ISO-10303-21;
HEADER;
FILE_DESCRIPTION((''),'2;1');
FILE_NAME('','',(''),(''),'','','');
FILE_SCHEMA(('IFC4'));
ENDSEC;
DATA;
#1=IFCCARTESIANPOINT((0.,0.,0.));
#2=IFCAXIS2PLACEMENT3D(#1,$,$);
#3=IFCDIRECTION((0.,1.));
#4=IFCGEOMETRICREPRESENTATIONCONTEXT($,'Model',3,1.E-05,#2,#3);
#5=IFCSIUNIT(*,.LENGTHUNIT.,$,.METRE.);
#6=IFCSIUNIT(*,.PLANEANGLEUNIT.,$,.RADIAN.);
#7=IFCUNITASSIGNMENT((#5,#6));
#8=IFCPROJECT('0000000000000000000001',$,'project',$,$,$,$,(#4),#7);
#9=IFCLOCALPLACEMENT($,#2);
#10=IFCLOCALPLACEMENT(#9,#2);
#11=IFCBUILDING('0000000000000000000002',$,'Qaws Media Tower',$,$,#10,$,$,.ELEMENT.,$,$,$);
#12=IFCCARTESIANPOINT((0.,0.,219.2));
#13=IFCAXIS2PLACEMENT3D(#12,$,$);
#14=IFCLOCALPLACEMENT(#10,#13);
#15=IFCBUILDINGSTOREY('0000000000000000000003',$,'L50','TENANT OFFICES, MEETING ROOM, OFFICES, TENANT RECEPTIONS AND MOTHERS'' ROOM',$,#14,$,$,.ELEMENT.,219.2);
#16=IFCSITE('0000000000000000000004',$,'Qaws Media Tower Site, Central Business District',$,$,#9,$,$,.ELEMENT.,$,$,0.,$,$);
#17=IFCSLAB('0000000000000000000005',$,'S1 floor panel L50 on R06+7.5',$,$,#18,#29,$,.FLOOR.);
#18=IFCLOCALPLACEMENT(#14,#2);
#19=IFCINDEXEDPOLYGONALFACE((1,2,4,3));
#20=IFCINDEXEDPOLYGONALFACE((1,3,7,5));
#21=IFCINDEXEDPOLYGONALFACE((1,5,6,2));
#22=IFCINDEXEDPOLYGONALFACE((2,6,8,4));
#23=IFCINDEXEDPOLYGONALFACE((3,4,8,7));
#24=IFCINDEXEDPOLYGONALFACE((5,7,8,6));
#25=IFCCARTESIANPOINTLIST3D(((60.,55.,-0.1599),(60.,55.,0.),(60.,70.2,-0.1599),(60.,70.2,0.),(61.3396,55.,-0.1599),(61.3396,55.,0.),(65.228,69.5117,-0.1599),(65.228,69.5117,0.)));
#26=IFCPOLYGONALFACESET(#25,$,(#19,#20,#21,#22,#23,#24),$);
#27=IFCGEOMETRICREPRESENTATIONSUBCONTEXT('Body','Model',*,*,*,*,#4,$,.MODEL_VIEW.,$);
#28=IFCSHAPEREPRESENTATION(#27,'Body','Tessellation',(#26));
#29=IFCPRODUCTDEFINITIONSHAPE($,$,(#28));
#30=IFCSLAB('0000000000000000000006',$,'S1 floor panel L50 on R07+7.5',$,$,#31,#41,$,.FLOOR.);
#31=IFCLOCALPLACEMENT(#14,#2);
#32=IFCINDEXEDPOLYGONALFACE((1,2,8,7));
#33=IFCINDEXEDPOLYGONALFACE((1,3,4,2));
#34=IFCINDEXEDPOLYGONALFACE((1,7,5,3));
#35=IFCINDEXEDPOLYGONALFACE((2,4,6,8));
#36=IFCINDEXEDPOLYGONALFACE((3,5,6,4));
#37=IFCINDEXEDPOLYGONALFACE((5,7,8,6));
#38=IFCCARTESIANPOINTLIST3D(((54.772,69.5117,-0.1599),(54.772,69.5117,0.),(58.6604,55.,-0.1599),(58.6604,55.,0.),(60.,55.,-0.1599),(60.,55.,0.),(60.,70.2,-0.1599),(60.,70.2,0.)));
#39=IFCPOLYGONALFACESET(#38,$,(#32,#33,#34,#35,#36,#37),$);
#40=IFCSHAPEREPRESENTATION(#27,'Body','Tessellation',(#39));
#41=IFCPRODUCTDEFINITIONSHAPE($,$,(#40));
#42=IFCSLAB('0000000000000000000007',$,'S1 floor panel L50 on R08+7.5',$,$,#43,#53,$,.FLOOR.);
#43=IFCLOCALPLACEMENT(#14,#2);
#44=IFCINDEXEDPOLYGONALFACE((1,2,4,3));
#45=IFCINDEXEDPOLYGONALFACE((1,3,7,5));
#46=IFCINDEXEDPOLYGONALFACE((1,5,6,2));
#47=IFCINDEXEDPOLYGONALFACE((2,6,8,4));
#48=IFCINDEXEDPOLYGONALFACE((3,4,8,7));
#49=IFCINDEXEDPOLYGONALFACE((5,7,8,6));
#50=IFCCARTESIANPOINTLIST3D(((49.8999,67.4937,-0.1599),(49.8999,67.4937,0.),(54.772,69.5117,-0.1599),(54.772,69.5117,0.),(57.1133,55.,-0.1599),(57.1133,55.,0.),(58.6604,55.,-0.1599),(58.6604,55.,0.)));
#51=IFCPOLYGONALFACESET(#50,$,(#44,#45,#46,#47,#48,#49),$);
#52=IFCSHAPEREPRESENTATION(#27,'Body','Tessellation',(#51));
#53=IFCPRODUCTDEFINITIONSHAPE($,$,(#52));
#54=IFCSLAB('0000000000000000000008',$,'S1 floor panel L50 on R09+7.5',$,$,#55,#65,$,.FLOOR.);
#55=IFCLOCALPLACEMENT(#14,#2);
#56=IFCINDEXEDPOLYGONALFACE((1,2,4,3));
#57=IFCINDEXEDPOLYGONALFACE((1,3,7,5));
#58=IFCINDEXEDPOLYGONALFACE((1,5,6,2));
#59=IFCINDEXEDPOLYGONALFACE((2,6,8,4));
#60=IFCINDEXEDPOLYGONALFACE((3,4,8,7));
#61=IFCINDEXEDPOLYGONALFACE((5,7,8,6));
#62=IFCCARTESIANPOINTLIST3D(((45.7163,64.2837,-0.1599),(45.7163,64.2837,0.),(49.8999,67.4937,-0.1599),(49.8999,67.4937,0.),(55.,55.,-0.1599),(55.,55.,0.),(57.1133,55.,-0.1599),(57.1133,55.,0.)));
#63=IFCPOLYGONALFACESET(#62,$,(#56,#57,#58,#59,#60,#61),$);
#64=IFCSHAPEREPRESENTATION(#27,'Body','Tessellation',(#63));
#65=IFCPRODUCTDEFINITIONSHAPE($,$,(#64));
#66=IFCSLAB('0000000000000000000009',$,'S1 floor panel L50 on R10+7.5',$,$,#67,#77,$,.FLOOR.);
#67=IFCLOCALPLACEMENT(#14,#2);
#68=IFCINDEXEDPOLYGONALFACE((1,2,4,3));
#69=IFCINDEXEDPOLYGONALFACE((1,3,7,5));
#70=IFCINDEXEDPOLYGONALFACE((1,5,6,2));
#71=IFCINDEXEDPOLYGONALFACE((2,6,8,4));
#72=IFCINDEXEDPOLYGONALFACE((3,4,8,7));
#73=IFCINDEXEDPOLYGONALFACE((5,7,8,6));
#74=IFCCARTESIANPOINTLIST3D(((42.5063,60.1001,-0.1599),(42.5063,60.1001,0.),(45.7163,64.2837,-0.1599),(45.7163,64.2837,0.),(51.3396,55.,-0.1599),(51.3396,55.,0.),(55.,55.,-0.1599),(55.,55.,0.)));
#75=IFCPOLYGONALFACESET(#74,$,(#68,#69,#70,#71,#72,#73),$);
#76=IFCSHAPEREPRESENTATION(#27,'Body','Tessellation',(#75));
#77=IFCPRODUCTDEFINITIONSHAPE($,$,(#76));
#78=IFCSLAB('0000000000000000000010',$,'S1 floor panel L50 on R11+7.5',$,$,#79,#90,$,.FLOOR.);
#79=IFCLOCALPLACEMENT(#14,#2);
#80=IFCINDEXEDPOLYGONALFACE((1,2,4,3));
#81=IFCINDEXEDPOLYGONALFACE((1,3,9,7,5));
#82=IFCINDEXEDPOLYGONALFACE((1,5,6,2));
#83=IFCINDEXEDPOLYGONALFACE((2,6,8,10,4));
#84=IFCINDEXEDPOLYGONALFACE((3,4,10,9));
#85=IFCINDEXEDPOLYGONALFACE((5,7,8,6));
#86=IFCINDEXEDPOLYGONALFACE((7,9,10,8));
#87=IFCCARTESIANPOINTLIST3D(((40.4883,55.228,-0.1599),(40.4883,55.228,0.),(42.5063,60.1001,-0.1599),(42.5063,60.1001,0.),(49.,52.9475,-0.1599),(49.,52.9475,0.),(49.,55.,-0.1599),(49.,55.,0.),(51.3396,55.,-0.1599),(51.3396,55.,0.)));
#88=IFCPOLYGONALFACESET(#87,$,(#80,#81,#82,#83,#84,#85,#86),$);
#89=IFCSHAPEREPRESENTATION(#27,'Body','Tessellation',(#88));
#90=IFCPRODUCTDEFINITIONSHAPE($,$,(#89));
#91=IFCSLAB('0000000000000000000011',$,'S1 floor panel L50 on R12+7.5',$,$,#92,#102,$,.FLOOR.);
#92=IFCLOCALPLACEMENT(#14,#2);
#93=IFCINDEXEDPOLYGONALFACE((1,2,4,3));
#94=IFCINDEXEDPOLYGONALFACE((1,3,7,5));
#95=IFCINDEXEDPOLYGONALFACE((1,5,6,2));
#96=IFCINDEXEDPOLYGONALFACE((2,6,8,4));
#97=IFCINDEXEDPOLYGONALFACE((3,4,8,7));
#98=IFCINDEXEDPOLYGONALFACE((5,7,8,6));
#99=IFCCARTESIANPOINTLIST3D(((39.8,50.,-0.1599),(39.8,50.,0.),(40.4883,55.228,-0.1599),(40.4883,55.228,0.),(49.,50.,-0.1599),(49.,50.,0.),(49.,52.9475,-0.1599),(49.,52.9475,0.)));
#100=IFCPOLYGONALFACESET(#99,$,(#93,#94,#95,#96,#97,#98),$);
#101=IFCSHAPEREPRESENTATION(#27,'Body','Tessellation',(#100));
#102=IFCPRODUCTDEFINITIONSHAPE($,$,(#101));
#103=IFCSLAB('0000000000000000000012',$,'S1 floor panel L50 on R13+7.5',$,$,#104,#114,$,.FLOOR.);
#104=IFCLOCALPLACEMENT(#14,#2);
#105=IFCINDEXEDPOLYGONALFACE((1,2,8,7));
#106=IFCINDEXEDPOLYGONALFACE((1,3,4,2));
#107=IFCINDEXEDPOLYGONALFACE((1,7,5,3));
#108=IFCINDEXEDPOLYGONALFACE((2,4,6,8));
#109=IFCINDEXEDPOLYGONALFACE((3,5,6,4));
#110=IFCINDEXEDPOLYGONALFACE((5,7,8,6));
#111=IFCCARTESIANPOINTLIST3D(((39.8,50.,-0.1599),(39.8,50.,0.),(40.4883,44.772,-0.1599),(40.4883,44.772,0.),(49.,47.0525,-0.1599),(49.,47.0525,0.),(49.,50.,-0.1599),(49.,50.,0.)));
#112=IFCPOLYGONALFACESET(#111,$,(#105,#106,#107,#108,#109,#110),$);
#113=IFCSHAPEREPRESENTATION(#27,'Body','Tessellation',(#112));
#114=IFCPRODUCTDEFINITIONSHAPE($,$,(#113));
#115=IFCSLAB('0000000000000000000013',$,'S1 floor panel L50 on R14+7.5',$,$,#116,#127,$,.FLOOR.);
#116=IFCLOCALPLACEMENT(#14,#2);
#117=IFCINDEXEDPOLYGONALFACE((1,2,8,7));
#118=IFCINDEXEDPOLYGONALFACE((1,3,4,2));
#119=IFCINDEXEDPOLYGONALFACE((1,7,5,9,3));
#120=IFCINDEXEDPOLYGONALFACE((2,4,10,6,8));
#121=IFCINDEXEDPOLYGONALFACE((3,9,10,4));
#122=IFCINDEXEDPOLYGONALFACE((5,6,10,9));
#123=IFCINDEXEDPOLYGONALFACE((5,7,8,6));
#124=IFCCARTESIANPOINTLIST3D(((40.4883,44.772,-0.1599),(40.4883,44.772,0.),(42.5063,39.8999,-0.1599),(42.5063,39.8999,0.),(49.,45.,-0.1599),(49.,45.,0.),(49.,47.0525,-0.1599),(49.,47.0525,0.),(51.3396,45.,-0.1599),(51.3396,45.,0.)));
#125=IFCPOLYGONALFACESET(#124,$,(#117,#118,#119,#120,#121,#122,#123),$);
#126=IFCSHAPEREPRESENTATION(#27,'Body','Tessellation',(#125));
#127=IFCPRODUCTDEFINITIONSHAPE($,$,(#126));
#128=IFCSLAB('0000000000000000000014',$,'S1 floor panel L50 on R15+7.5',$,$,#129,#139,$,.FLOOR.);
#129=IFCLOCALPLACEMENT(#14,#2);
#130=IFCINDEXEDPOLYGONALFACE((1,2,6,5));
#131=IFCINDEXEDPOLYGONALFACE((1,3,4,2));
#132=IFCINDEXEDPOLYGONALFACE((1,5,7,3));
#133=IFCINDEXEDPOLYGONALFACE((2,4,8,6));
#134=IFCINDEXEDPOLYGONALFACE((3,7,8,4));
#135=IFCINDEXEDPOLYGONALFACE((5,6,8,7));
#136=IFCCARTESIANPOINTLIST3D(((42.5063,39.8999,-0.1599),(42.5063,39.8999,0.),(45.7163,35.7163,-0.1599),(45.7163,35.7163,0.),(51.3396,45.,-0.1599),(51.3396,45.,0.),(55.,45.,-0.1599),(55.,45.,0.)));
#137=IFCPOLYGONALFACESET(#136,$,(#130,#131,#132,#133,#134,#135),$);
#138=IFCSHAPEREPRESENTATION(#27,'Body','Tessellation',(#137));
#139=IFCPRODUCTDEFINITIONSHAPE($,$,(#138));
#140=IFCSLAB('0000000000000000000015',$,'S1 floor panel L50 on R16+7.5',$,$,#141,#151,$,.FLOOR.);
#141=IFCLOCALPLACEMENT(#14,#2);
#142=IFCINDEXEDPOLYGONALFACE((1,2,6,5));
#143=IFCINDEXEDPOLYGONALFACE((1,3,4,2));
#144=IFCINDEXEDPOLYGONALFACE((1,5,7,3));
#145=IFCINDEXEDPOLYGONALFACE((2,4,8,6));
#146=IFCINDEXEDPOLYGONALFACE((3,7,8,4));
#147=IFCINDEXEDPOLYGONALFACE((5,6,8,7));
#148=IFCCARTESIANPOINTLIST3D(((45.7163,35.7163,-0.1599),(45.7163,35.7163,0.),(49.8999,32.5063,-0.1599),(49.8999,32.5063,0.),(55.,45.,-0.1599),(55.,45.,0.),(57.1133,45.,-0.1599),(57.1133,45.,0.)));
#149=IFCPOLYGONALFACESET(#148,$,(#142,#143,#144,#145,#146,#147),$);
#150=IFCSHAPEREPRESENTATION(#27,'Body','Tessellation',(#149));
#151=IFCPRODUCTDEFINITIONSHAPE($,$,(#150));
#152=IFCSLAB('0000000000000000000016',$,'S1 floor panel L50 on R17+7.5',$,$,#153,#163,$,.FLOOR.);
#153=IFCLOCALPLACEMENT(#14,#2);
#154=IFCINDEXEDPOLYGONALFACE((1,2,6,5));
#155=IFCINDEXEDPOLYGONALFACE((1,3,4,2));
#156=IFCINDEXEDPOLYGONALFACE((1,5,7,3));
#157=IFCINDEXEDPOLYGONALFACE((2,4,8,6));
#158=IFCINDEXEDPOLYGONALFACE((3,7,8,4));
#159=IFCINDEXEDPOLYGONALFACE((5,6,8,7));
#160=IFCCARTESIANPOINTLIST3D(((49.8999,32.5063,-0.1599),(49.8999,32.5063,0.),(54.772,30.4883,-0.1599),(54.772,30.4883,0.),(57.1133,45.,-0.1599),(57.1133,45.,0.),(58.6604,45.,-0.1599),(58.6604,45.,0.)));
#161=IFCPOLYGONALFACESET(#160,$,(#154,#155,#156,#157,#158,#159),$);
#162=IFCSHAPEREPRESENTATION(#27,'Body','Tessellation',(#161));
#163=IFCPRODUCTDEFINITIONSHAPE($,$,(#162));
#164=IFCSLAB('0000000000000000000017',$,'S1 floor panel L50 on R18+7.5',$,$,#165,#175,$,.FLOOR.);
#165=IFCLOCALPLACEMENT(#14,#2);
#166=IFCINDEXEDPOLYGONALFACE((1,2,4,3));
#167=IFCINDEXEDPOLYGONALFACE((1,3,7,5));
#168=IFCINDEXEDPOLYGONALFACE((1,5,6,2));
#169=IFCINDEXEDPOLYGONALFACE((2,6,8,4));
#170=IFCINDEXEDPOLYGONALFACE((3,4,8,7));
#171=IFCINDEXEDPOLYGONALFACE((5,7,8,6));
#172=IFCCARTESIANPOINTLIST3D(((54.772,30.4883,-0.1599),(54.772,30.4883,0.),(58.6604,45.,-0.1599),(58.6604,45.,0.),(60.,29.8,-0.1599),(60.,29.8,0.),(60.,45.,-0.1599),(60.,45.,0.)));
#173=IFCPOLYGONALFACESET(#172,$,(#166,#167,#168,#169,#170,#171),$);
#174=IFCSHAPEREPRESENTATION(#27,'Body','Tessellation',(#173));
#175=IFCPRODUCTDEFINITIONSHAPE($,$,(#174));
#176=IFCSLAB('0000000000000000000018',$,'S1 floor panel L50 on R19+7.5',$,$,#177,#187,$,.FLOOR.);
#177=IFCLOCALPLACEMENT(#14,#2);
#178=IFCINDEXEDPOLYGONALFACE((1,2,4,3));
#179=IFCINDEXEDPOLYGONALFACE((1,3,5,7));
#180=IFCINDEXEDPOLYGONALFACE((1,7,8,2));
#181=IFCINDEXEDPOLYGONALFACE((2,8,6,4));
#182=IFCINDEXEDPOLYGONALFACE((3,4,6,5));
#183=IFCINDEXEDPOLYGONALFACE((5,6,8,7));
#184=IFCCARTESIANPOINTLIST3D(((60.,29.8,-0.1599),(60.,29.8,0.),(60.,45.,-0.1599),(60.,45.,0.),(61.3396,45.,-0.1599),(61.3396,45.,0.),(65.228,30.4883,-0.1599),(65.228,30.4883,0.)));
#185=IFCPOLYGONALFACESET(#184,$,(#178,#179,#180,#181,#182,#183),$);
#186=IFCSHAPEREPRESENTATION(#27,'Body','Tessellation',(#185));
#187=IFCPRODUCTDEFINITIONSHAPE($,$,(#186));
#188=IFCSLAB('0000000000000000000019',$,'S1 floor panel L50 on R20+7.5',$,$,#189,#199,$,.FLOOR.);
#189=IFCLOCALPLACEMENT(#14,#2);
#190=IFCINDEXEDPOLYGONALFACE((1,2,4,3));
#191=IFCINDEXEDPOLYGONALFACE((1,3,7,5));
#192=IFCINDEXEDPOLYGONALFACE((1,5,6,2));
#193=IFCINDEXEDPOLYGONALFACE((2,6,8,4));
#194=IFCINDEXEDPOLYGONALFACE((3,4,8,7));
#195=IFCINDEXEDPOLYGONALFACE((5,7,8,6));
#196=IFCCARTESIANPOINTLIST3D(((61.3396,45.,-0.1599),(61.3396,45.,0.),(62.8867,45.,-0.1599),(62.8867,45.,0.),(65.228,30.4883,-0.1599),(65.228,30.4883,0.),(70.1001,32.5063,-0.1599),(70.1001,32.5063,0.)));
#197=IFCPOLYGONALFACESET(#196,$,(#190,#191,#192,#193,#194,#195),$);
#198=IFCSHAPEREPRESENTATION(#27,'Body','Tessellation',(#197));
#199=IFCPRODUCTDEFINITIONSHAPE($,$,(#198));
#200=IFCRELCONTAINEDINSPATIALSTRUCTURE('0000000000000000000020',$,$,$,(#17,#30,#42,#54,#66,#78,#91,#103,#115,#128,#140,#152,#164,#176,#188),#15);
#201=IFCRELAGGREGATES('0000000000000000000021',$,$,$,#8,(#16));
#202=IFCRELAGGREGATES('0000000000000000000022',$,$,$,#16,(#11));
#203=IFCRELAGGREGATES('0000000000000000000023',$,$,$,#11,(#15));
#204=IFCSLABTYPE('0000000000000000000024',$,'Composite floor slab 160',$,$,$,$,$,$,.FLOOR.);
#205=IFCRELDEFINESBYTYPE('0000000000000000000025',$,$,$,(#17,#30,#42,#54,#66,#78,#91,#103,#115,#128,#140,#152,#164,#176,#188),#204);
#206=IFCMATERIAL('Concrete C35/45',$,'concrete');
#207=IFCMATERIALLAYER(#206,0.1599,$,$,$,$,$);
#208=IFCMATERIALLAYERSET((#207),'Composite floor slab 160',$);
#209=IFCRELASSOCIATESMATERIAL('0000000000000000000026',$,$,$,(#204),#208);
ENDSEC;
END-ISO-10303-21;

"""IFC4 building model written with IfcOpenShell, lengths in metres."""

from ifc_helpers import new_model, si_unit, direction, frame, origin, place, context, subcontext, project, spatial, polyline, outline, extrude, material, layer, layer_set, type_object, element, save


model = new_model("IFC4")

# Units and contexts
model_context = context("Model", 3, precision=1e-05, world=origin(), true_north=direction((0.0, 1.0)))
body_context = subcontext(model_context, "Body", "Model", "MODEL_VIEW")
ifc_project = project(units=[si_unit("LENGTHUNIT", "METRE"), si_unit("PLANEANGLEUNIT", "RADIAN")], contexts=[model_context])

# Site, building, storey
site_placement = place(None, origin())
site = spatial("IfcSite", under=ifc_project, at=site_placement, Name="Qaws Media Tower Site, Central Business District", CompositionType="ELEMENT", RefElevation=0.0)
building_placement = place(site_placement, origin())
building = spatial("IfcBuilding", under=site, at=building_placement, Name="Qaws Media Tower", CompositionType="ELEMENT")
storey_placement = place(building_placement, frame((0.0, 0.0, 219.2)))
storey = spatial("IfcBuildingStorey", under=building, at=storey_placement, Name="L50", Description="TENANT OFFICES, MEETING ROOM, OFFICES, TENANT RECEPTIONS AND MOTHERS' ROOM", CompositionType="ELEMENT", Elevation=219.2)

# Slabs
ifc_material_1 = material(Name="Concrete C35/45", Category="concrete")
ifc_layer_1 = layer(ifc_material_1, 0.1599)
ifc_layer_set_1 = layer_set([ifc_layer_1], Name="Composite floor slab 160")
slab_type_1 = type_object("IfcSlabType", Name="Composite floor slab 160", PredefinedType="FLOOR", material=ifc_layer_set_1)
slab_1_placement = place(storey_placement, frame((0.0, 0.0, -0.1599)))
element("IfcSlab", 1, at=slab_1_placement, inside=storey, type_object=slab_type_1, Name="S1 floor panel L50 on R06+7.5", PredefinedType="FLOOR", context=body_context, shape_type="SweptSolid", body=[
    extrude(outline(polyline([(65.228, 69.5117), (61.3396, 55.0), (60.0, 55.0), (60.0, 70.2), (65.228, 69.5117)])), origin(), (0.0, 0.0, 1.0), 0.1599),
])
slab_2_placement = place(storey_placement, frame((0.0, 0.0, -0.1599)))
element("IfcSlab", 2, at=slab_2_placement, inside=storey, type_object=slab_type_1, Name="S1 floor panel L50 on R07+7.5", PredefinedType="FLOOR", context=body_context, shape_type="SweptSolid", body=[
    extrude(outline(polyline([(60.0, 70.2), (60.0, 55.0), (58.6604, 55.0), (54.772, 69.5117), (60.0, 70.2)])), origin(), (0.0, 0.0, 1.0), 0.1599),
])
slab_3_placement = place(storey_placement, frame((0.0, 0.0, -0.1599)))
element("IfcSlab", 3, at=slab_3_placement, inside=storey, type_object=slab_type_1, Name="S1 floor panel L50 on R08+7.5", PredefinedType="FLOOR", context=body_context, shape_type="SweptSolid", body=[
    extrude(outline(polyline([(49.8999, 67.4937), (54.772, 69.5117), (58.6604, 55.0), (57.1133, 55.0), (49.8999, 67.4937)])), origin(), (0.0, 0.0, 1.0), 0.1599),
])
slab_4_placement = place(storey_placement, frame((0.0, 0.0, -0.1599)))
element("IfcSlab", 4, at=slab_4_placement, inside=storey, type_object=slab_type_1, Name="S1 floor panel L50 on R09+7.5", PredefinedType="FLOOR", context=body_context, shape_type="SweptSolid", body=[
    extrude(outline(polyline([(45.7163, 64.2837), (49.8999, 67.4937), (57.1133, 55.0), (55.0, 55.0), (45.7163, 64.2837)])), origin(), (0.0, 0.0, 1.0), 0.1599),
])
slab_5_placement = place(storey_placement, frame((0.0, 0.0, -0.1599)))
element("IfcSlab", 5, at=slab_5_placement, inside=storey, type_object=slab_type_1, Name="S1 floor panel L50 on R10+7.5", PredefinedType="FLOOR", context=body_context, shape_type="SweptSolid", body=[
    extrude(outline(polyline([(42.5063, 60.1001), (45.7163, 64.2837), (55.0, 55.0), (51.3396, 55.0), (42.5063, 60.1001)])), origin(), (0.0, 0.0, 1.0), 0.1599),
])
slab_6_placement = place(storey_placement, frame((0.0, 0.0, -0.1599)))
element("IfcSlab", 6, at=slab_6_placement, inside=storey, type_object=slab_type_1, Name="S1 floor panel L50 on R11+7.5", PredefinedType="FLOOR", context=body_context, shape_type="SweptSolid", body=[
    extrude(outline(polyline([(40.4883, 55.228), (42.5063, 60.1001), (51.3396, 55.0), (49.0, 55.0), (49.0, 52.9475), (40.4883, 55.228)])), origin(), (0.0, 0.0, 1.0), 0.1599),
])
slab_7_placement = place(storey_placement, frame((0.0, 0.0, -0.1599)))
element("IfcSlab", 7, at=slab_7_placement, inside=storey, type_object=slab_type_1, Name="S1 floor panel L50 on R12+7.5", PredefinedType="FLOOR", context=body_context, shape_type="SweptSolid", body=[
    extrude(outline(polyline([(40.4883, 55.228), (49.0, 52.9475), (49.0, 50.0), (39.8, 50.0), (40.4883, 55.228)])), origin(), (0.0, 0.0, 1.0), 0.1599),
])
slab_8_placement = place(storey_placement, frame((0.0, 0.0, -0.1599)))
element("IfcSlab", 8, at=slab_8_placement, inside=storey, type_object=slab_type_1, Name="S1 floor panel L50 on R13+7.5", PredefinedType="FLOOR", context=body_context, shape_type="SweptSolid", body=[
    extrude(outline(polyline([(39.8, 50.0), (49.0, 50.0), (49.0, 47.0525), (40.4883, 44.772), (39.8, 50.0)])), origin(), (0.0, 0.0, 1.0), 0.1599),
])
slab_9_placement = place(storey_placement, frame((0.0, 0.0, -0.1599)))
element("IfcSlab", 9, at=slab_9_placement, inside=storey, type_object=slab_type_1, Name="S1 floor panel L50 on R14+7.5", PredefinedType="FLOOR", context=body_context, shape_type="SweptSolid", body=[
    extrude(outline(polyline([(40.4883, 44.772), (49.0, 47.0525), (49.0, 45.0), (51.3396, 45.0), (42.5063, 39.8999), (40.4883, 44.772)])), origin(), (0.0, 0.0, 1.0), 0.1599),
])
slab_10_placement = place(storey_placement, frame((0.0, 0.0, -0.1599)))
element("IfcSlab", 10, at=slab_10_placement, inside=storey, type_object=slab_type_1, Name="S1 floor panel L50 on R15+7.5", PredefinedType="FLOOR", context=body_context, shape_type="SweptSolid", body=[
    extrude(outline(polyline([(42.5063, 39.8999), (51.3396, 45.0), (55.0, 45.0), (45.7163, 35.7163), (42.5063, 39.8999)])), origin(), (0.0, 0.0, 1.0), 0.1599),
])
slab_11_placement = place(storey_placement, frame((0.0, 0.0, -0.1599)))
element("IfcSlab", 11, at=slab_11_placement, inside=storey, type_object=slab_type_1, Name="S1 floor panel L50 on R16+7.5", PredefinedType="FLOOR", context=body_context, shape_type="SweptSolid", body=[
    extrude(outline(polyline([(49.8999, 32.5063), (45.7163, 35.7163), (55.0, 45.0), (57.1133, 45.0), (49.8999, 32.5063)])), origin(), (0.0, 0.0, 1.0), 0.1599),
])
slab_12_placement = place(storey_placement, frame((0.0, 0.0, -0.1599)))
element("IfcSlab", 12, at=slab_12_placement, inside=storey, type_object=slab_type_1, Name="S1 floor panel L50 on R17+7.5", PredefinedType="FLOOR", context=body_context, shape_type="SweptSolid", body=[
    extrude(outline(polyline([(54.772, 30.4883), (49.8999, 32.5063), (57.1133, 45.0), (58.6604, 45.0), (54.772, 30.4883)])), origin(), (0.0, 0.0, 1.0), 0.1599),
])
slab_13_placement = place(storey_placement, frame((0.0, 0.0, -0.1599)))
element("IfcSlab", 13, at=slab_13_placement, inside=storey, type_object=slab_type_1, Name="S1 floor panel L50 on R18+7.5", PredefinedType="FLOOR", context=body_context, shape_type="SweptSolid", body=[
    extrude(outline(polyline([(54.772, 30.4883), (58.6604, 45.0), (60.0, 45.0), (60.0, 29.8), (54.772, 30.4883)])), origin(), (0.0, 0.0, 1.0), 0.1599),
])
slab_14_placement = place(storey_placement, frame((0.0, 0.0, -0.1599)))
element("IfcSlab", 14, at=slab_14_placement, inside=storey, type_object=slab_type_1, Name="S1 floor panel L50 on R19+7.5", PredefinedType="FLOOR", context=body_context, shape_type="SweptSolid", body=[
    extrude(outline(polyline([(60.0, 29.8), (60.0, 45.0), (61.3396, 45.0), (65.228, 30.4883), (60.0, 29.8)])), origin(), (0.0, 0.0, 1.0), 0.1599),
])
slab_15_placement = place(storey_placement, frame((0.0, 0.0, -0.1599)))
element("IfcSlab", 15, at=slab_15_placement, inside=storey, type_object=slab_type_1, Name="S1 floor panel L50 on R20+7.5", PredefinedType="FLOOR", context=body_context, shape_type="SweptSolid", body=[
    extrude(outline(polyline([(70.1001, 32.5063), (65.228, 30.4883), (61.3396, 45.0), (62.8867, 45.0), (70.1001, 32.5063)])), origin(), (0.0, 0.0, 1.0), 0.1599),
])

save(model, "model.ifc")
